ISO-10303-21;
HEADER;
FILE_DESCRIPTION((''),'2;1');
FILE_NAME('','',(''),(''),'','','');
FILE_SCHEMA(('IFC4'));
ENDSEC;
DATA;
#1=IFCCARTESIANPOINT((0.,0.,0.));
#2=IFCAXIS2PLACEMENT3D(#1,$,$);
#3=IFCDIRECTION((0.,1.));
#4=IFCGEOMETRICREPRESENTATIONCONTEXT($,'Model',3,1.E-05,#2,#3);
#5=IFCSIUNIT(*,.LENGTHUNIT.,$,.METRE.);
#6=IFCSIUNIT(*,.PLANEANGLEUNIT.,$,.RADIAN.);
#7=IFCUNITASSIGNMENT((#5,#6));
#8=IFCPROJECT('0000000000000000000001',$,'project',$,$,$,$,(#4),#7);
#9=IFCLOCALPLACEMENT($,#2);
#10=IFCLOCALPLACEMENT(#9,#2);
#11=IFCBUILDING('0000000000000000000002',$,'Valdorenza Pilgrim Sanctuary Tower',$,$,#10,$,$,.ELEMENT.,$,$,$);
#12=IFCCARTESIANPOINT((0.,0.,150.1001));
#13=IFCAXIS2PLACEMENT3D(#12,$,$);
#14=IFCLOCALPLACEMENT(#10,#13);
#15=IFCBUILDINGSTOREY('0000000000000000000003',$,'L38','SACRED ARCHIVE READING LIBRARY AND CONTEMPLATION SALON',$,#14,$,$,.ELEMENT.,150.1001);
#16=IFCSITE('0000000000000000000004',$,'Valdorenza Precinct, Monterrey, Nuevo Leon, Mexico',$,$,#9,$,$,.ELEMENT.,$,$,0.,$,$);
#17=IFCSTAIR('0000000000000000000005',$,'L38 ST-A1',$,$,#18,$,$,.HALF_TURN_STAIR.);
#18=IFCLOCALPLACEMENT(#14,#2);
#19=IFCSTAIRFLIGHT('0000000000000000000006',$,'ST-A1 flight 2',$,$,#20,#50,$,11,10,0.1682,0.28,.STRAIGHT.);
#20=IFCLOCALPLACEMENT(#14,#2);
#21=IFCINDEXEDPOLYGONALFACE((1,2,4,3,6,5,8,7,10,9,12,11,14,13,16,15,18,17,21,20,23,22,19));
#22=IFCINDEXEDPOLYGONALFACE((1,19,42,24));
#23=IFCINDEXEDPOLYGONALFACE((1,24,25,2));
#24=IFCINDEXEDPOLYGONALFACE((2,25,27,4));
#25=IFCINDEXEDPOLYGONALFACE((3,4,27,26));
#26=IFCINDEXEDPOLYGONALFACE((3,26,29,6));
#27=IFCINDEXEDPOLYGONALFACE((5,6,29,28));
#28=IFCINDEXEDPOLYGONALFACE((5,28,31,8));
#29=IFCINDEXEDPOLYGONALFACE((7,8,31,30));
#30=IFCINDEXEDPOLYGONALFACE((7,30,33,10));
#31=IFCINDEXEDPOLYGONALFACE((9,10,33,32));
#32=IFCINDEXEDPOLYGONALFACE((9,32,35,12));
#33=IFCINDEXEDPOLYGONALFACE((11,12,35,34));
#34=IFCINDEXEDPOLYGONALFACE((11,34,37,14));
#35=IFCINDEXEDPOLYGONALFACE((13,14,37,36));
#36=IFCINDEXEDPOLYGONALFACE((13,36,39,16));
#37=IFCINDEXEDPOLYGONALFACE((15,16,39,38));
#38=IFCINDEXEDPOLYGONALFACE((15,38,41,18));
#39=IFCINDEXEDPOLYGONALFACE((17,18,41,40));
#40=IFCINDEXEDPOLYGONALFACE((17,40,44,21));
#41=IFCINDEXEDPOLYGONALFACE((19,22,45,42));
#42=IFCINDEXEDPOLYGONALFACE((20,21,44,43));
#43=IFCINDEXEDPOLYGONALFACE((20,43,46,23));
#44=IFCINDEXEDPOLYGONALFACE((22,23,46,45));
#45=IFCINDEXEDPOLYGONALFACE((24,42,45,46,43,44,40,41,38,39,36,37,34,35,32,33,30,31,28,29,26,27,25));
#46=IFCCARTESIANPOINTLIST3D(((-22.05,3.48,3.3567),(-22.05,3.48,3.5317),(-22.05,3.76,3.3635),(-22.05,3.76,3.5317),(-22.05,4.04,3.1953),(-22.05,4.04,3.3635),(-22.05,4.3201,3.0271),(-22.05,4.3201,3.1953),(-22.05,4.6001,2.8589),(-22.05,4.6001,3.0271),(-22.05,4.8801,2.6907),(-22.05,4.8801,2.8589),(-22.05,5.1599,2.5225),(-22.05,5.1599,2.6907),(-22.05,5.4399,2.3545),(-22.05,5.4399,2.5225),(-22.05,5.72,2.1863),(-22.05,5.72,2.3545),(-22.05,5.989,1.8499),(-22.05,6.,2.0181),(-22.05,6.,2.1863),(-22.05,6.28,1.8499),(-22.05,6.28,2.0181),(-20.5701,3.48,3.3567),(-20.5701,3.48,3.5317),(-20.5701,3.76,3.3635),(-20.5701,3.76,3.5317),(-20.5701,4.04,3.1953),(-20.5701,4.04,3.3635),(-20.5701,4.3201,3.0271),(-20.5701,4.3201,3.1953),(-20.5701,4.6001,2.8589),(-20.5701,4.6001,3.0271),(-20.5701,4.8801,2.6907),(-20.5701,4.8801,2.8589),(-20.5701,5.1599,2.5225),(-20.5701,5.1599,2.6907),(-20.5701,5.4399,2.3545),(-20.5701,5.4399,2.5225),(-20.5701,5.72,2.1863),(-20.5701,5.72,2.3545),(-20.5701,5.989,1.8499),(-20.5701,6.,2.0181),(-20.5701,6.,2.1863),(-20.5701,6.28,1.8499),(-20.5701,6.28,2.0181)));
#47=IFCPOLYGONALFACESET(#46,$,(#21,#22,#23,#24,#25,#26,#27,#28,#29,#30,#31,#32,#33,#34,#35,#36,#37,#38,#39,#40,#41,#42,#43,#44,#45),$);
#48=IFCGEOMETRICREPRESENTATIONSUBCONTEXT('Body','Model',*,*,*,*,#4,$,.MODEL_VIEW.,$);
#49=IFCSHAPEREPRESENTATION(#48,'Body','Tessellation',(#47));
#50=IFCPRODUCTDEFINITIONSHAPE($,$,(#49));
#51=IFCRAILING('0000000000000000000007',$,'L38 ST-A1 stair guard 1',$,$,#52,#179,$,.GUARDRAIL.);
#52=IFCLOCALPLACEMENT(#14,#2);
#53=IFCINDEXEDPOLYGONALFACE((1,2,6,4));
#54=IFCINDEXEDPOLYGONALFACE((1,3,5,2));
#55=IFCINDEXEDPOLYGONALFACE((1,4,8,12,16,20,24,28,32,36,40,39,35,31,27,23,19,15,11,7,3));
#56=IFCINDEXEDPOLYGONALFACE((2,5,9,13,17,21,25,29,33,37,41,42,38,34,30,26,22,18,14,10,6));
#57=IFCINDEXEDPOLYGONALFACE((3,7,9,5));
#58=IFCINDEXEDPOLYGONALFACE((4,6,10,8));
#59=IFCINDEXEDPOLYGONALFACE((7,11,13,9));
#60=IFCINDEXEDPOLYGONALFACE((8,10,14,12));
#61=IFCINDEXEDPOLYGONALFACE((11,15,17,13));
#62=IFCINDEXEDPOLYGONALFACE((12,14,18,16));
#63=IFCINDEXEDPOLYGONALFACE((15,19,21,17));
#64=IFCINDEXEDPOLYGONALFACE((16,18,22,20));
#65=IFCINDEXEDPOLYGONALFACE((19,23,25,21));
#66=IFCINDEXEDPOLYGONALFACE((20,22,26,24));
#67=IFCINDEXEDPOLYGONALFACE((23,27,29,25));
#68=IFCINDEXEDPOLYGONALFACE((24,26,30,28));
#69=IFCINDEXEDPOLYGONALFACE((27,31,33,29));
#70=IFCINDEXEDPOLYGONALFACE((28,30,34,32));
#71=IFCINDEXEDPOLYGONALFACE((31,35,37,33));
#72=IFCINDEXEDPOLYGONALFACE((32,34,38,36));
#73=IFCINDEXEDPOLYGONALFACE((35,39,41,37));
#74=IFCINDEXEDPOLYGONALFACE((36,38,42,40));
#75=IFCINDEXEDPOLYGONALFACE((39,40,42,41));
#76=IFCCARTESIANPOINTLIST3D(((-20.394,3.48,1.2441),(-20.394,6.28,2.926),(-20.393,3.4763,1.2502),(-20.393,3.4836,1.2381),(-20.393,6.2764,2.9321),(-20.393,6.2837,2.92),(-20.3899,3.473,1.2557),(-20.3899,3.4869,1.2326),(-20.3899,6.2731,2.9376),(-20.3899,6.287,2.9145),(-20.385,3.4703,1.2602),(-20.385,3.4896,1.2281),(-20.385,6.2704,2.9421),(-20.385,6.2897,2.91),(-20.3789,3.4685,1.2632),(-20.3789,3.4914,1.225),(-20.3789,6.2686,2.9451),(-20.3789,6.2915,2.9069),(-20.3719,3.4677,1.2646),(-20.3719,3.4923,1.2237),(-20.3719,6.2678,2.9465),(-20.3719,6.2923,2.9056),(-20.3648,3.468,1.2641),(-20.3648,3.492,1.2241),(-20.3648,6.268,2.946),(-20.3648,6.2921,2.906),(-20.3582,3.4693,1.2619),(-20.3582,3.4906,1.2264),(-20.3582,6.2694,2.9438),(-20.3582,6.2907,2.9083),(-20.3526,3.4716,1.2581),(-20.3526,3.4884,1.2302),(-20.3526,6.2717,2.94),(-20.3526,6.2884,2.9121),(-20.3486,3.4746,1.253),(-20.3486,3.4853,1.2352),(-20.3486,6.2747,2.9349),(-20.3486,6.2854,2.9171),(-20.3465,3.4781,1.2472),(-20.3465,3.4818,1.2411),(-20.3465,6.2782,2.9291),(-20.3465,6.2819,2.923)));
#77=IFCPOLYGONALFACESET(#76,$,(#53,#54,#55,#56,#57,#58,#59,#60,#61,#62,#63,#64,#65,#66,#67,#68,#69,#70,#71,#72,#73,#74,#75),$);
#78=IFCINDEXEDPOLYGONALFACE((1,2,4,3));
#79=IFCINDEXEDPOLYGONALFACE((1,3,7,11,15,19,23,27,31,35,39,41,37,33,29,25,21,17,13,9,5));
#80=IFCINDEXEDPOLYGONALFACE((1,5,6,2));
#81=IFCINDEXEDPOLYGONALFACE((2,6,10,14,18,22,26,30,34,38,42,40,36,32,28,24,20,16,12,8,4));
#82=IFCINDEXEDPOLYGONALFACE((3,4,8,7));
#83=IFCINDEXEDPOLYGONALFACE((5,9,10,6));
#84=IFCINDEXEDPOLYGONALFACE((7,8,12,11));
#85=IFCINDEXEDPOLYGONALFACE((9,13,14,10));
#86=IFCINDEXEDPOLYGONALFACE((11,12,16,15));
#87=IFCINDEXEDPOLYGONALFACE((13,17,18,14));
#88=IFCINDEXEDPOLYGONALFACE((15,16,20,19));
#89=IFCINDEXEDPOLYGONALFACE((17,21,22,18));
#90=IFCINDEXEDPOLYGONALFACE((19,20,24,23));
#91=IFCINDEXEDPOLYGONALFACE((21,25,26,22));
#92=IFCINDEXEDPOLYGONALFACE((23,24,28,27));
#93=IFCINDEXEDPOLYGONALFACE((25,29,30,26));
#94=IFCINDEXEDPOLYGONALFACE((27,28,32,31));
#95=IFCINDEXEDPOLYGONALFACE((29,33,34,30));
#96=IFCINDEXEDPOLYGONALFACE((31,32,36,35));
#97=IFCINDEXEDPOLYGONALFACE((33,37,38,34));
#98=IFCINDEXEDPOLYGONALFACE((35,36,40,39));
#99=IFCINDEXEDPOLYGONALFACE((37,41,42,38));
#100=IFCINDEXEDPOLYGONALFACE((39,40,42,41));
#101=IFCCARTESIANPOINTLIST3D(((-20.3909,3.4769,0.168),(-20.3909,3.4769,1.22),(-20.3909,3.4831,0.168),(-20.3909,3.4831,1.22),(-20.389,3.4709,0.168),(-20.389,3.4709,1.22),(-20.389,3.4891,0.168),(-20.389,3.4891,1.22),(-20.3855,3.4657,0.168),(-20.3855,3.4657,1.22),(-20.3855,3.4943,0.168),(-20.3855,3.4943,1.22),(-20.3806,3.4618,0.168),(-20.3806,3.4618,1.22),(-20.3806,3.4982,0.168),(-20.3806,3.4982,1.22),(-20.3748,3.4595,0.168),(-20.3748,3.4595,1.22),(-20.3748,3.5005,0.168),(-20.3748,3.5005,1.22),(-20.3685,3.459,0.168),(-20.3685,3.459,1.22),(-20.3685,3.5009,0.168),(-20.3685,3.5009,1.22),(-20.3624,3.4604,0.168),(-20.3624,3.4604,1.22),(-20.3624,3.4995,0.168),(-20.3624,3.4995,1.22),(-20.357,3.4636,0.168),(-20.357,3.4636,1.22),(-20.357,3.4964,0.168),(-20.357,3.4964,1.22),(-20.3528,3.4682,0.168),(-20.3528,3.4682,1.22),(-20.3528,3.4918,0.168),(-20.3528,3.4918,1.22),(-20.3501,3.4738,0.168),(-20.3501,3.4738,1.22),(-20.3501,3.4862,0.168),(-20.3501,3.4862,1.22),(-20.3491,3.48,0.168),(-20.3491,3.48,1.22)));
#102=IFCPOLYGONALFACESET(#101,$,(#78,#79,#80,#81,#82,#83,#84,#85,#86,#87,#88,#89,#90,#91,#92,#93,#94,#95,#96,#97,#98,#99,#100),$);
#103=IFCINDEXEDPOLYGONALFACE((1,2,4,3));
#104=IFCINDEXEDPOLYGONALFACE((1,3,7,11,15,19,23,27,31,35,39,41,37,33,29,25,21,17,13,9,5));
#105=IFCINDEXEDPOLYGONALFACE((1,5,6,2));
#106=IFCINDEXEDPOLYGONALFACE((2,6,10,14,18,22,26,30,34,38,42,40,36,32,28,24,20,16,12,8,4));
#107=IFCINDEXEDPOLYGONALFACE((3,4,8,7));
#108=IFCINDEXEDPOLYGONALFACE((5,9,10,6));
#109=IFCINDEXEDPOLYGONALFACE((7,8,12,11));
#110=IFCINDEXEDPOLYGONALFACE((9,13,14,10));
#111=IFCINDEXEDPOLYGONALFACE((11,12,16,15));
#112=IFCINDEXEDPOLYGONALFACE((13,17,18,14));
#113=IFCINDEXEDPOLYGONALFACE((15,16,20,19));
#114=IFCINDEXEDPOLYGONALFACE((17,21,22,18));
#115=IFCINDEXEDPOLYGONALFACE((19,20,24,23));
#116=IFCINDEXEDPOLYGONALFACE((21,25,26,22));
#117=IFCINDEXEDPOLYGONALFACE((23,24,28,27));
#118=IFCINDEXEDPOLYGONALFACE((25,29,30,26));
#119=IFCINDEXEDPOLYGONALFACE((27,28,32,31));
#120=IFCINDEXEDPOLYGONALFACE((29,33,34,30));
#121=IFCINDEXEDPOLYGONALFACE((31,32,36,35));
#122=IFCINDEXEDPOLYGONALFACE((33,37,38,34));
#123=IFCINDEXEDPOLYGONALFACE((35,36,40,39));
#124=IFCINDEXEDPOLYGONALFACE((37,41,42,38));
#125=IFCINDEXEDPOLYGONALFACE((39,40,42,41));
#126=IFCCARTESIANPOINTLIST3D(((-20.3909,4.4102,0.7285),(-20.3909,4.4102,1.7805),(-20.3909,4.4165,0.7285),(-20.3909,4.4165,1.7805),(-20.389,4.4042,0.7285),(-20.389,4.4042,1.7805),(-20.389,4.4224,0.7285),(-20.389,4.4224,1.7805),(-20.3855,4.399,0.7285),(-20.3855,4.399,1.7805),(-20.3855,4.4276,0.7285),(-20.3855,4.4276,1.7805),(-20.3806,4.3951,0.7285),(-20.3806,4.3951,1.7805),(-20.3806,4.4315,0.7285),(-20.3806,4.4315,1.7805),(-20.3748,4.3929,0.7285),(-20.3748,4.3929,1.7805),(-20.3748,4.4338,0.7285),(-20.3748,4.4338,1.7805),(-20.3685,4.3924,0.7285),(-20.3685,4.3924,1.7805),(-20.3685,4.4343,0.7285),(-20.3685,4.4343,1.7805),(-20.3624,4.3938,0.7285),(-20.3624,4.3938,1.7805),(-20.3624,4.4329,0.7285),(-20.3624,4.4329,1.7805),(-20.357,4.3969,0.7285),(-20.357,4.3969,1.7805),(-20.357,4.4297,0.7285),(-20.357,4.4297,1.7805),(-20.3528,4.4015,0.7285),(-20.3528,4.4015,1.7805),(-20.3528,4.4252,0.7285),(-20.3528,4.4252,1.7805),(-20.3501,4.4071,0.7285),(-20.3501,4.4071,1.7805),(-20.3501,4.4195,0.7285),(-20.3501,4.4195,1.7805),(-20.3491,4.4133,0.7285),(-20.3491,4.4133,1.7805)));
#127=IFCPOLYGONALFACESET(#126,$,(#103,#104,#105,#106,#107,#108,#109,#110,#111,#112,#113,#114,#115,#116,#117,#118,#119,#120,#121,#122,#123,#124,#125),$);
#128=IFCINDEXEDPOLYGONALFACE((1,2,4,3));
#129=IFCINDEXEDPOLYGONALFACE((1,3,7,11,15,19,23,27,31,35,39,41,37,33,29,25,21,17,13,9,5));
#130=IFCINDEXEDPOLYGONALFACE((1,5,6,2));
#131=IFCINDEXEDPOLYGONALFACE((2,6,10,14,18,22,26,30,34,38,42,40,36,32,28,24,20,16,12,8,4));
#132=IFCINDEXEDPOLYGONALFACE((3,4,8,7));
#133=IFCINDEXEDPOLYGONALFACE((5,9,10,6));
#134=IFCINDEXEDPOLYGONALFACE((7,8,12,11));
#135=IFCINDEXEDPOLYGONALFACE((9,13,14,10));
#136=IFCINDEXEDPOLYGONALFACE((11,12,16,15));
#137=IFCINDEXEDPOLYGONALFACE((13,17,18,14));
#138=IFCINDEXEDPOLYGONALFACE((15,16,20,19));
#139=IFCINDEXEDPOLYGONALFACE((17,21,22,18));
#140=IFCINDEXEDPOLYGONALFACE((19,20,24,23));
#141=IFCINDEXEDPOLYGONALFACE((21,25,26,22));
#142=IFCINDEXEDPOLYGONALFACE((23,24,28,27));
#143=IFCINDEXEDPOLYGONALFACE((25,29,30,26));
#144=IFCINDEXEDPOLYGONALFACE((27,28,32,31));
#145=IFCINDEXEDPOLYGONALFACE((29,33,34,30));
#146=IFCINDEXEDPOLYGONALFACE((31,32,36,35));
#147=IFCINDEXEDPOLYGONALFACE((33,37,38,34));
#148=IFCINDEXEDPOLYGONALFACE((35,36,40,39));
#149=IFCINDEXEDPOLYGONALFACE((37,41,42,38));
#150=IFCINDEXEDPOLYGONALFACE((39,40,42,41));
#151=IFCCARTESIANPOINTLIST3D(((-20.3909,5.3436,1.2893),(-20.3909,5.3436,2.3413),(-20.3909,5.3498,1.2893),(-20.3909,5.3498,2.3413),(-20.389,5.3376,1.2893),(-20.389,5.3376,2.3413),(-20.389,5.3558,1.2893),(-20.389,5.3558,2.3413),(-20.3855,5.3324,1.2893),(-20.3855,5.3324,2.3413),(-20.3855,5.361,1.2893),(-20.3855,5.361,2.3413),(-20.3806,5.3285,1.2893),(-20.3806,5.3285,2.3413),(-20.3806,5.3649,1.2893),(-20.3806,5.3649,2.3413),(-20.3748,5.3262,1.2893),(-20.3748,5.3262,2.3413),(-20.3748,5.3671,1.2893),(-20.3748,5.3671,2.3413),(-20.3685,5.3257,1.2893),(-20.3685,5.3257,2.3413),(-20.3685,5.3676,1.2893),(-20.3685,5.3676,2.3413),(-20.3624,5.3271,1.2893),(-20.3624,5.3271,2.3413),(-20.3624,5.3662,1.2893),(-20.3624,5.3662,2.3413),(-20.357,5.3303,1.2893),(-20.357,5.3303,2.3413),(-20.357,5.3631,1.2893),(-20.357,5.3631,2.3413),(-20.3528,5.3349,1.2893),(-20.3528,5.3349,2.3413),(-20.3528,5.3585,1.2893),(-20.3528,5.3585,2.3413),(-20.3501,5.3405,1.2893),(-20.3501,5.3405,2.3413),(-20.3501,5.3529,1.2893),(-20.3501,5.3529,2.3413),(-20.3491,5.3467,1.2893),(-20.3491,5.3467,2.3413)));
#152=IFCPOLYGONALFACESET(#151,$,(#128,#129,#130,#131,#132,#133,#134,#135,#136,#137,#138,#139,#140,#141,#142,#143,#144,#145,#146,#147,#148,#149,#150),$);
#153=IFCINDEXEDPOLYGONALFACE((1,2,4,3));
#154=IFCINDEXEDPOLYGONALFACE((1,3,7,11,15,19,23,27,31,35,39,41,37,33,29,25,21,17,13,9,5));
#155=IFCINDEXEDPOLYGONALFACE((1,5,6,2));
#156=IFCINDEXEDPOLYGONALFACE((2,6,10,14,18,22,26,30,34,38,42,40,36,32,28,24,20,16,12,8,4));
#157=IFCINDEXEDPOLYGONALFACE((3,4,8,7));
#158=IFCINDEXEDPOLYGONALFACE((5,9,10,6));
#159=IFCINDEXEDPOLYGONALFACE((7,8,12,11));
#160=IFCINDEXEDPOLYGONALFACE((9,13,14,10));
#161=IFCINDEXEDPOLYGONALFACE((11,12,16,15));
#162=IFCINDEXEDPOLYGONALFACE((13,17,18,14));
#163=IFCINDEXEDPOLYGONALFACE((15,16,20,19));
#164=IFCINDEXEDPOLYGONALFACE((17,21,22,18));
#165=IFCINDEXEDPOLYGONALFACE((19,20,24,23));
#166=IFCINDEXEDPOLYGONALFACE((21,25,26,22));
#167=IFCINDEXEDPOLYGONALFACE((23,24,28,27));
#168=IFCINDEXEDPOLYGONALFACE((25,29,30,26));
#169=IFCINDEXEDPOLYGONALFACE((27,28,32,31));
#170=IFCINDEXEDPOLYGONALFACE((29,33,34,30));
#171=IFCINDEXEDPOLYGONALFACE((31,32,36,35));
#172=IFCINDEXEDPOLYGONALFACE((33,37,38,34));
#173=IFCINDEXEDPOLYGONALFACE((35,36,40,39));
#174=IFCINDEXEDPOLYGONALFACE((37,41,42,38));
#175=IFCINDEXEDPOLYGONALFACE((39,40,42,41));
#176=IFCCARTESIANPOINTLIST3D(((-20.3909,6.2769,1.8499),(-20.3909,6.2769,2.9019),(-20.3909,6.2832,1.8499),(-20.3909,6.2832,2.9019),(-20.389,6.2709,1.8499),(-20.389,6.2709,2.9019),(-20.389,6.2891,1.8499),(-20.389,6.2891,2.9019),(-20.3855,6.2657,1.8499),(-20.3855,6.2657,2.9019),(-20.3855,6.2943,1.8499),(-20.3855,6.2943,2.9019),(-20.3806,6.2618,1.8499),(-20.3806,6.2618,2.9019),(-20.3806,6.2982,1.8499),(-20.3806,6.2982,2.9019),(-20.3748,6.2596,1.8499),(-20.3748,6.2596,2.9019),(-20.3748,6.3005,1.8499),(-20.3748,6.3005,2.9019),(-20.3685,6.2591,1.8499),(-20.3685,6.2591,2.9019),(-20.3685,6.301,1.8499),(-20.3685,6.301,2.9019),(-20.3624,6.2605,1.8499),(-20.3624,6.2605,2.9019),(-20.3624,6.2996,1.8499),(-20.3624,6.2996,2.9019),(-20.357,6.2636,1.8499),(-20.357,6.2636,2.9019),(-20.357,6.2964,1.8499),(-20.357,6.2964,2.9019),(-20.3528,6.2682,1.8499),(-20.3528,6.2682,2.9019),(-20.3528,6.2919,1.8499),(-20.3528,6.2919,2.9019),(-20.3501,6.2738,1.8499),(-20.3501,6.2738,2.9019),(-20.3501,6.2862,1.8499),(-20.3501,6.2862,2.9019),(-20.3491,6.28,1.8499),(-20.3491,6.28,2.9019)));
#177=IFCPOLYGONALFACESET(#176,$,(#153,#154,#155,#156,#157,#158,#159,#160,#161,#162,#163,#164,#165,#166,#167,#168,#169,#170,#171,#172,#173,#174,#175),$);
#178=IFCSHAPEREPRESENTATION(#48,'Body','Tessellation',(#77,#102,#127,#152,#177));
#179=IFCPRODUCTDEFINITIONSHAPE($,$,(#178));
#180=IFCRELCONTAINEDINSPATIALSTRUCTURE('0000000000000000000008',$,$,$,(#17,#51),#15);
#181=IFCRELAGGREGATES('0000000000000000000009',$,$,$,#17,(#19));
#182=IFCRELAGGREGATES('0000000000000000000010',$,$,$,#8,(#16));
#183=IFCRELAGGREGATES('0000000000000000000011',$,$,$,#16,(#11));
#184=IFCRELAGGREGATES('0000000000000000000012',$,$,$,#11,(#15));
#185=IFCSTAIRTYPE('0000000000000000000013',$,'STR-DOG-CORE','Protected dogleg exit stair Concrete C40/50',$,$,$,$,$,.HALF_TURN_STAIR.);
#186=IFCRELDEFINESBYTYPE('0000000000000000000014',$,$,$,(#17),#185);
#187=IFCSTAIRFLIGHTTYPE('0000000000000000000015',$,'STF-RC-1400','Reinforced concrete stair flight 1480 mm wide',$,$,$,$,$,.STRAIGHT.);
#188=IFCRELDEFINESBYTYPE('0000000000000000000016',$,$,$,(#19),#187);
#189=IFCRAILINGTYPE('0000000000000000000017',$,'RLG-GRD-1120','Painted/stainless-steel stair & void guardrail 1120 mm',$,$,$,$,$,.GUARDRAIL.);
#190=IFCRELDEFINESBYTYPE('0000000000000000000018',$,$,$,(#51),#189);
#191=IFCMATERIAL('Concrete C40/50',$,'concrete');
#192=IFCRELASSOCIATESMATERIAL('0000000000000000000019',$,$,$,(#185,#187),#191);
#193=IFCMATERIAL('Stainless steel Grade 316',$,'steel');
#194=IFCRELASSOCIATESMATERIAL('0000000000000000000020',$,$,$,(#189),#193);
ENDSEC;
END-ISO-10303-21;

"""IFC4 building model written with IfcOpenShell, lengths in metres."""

from ifc_helpers import new_model, si_unit, direction, frame, origin, origin_2d, place, context, subcontext, project, spatial, polyline, circle, outline, extrude, material, type_object, element, aggregate, save


model = new_model("IFC4")

# Units and contexts
model_context = context("Model", 3, precision=1e-05, world=origin(), true_north=direction((0.0, 1.0)))
body_context = subcontext(model_context, "Body", "Model", "MODEL_VIEW")
ifc_project = project(units=[si_unit("LENGTHUNIT", "METRE"), si_unit("PLANEANGLEUNIT", "RADIAN")], contexts=[model_context])

# Site, building, storey
site_placement = place(None, origin())
site = spatial("IfcSite", under=ifc_project, at=site_placement, Name="Valdorenza Precinct, Monterrey, Nuevo Leon, Mexico", CompositionType="ELEMENT", RefElevation=0.0)
building_placement = place(site_placement, origin())
building = spatial("IfcBuilding", under=site, at=building_placement, Name="Valdorenza Pilgrim Sanctuary Tower", CompositionType="ELEMENT")
storey_placement = place(building_placement, frame((0.0, 0.0, 150.1001)))
storey = spatial("IfcBuildingStorey", under=building, at=storey_placement, Name="L38", Description="SACRED ARCHIVE READING LIBRARY AND CONTEMPLATION SALON", CompositionType="ELEMENT", Elevation=150.1001)

# Shared definitions
ifc_material_1 = material(Name="Concrete C40/50", Category="concrete")

# Stair, stair flight
stair_type = type_object("IfcStairType", Name="STR-DOG-CORE", Description="Protected dogleg exit stair Concrete C40/50", PredefinedType="HALF_TURN_STAIR", material=ifc_material_1)
stair_placement = place(storey_placement, origin())
stair = element("IfcStair", 1, at=stair_placement, inside=storey, type_object=stair_type, Name="L38 ST-A1", PredefinedType="HALF_TURN_STAIR")
stair_flight_type = type_object("IfcStairFlightType", Name="STF-RC-1400", Description="Reinforced concrete stair flight 1480 mm wide", PredefinedType="STRAIGHT", material=ifc_material_1)
stair_flight_1_placement = place(storey_placement, frame((-21.3101, 6.28, 1.8499), z_axis=(0.0, 0.0, 1.0), x_axis=(0.0, -1.0, 0.0)))
stair_flight_1 = element("IfcStairFlight", 2, at=stair_flight_1_placement, type_object=stair_flight_type, Name="ST-A1 flight 2", NumberOfRisers=11, NumberOfTreads=10, PredefinedType="STRAIGHT", RiserHeight=0.1682, TreadLength=0.28, context=body_context, shape_type="SweptSolid", body=[
    extrude(outline(polyline([(0.0, 0.0), (0.0, 0.1682), (0.28, 0.1682), (0.28, 0.3364), (0.5601, 0.3364), (0.5601, 0.5046), (0.8401, 0.5046), (0.8401, 0.6726), (1.1201, 0.6726), (1.1201, 0.8408), (1.3999, 0.8408), (1.3999, 1.009), (1.6799, 1.009), (1.6799, 1.1772), (1.96, 1.1772), (1.96, 1.3455), (2.24, 1.3455), (2.24, 1.5137), (2.52, 1.5137), (2.52, 1.6819), (2.8, 1.6819), (2.8, 1.8501), (2.8, 1.5068), (0.291, 0.0), (0.0, 0.0)])), frame((0.0, 0.74, 0.0), z_axis=(0.0, -1.0, 0.0), x_axis=(1.0, 0.0, 0.0)), (0.0, 0.0, 1.0), 1.48),
])
aggregate(stair, [stair_flight_1])

# Railing
ifc_material_2 = material(Name="Stainless steel Grade 316", Category="steel")
railing_type_1 = type_object("IfcRailingType", Name="RLG-GRD-1120", Description="Painted/stainless-steel stair & void guardrail 1120 mm", PredefinedType="GUARDRAIL", material=ifc_material_2)
railing_1_placement = place(storey_placement, frame((-20.3701, 3.48, 0.168)))
element("IfcRailing", 3, at=railing_1_placement, inside=storey, type_object=railing_type_1, Name="L38 ST-A1 stair guard 1", PredefinedType="GUARDRAIL", context=body_context, shape_type="SweptSolid", body=[
    extrude(circle(Radius=0.0239, at=origin_2d()), frame((0.0, 0.0, 1.0762), z_axis=(0.0, 0.857242, 0.514913), x_axis=(-1.0, 0.0, 0.0)), (0.0, 0.0, 1.0), 3.2664),
    extrude(circle(Radius=0.021, at=origin_2d()), origin(), (0.0, 0.0, 1.0), 1.052),
    extrude(circle(Radius=0.021, at=origin_2d()), frame((0.0, 0.9333, 0.5605)), (0.0, 0.0, 1.0), 1.052),
    extrude(circle(Radius=0.021, at=origin_2d()), frame((0.0, 1.8667, 1.1213)), (0.0, 0.0, 1.0), 1.052),
    extrude(circle(Radius=0.021, at=origin_2d()), frame((0.0, 2.8, 1.6819)), (0.0, 0.0, 1.0), 1.052),
])

save(model, "model.ifc")
